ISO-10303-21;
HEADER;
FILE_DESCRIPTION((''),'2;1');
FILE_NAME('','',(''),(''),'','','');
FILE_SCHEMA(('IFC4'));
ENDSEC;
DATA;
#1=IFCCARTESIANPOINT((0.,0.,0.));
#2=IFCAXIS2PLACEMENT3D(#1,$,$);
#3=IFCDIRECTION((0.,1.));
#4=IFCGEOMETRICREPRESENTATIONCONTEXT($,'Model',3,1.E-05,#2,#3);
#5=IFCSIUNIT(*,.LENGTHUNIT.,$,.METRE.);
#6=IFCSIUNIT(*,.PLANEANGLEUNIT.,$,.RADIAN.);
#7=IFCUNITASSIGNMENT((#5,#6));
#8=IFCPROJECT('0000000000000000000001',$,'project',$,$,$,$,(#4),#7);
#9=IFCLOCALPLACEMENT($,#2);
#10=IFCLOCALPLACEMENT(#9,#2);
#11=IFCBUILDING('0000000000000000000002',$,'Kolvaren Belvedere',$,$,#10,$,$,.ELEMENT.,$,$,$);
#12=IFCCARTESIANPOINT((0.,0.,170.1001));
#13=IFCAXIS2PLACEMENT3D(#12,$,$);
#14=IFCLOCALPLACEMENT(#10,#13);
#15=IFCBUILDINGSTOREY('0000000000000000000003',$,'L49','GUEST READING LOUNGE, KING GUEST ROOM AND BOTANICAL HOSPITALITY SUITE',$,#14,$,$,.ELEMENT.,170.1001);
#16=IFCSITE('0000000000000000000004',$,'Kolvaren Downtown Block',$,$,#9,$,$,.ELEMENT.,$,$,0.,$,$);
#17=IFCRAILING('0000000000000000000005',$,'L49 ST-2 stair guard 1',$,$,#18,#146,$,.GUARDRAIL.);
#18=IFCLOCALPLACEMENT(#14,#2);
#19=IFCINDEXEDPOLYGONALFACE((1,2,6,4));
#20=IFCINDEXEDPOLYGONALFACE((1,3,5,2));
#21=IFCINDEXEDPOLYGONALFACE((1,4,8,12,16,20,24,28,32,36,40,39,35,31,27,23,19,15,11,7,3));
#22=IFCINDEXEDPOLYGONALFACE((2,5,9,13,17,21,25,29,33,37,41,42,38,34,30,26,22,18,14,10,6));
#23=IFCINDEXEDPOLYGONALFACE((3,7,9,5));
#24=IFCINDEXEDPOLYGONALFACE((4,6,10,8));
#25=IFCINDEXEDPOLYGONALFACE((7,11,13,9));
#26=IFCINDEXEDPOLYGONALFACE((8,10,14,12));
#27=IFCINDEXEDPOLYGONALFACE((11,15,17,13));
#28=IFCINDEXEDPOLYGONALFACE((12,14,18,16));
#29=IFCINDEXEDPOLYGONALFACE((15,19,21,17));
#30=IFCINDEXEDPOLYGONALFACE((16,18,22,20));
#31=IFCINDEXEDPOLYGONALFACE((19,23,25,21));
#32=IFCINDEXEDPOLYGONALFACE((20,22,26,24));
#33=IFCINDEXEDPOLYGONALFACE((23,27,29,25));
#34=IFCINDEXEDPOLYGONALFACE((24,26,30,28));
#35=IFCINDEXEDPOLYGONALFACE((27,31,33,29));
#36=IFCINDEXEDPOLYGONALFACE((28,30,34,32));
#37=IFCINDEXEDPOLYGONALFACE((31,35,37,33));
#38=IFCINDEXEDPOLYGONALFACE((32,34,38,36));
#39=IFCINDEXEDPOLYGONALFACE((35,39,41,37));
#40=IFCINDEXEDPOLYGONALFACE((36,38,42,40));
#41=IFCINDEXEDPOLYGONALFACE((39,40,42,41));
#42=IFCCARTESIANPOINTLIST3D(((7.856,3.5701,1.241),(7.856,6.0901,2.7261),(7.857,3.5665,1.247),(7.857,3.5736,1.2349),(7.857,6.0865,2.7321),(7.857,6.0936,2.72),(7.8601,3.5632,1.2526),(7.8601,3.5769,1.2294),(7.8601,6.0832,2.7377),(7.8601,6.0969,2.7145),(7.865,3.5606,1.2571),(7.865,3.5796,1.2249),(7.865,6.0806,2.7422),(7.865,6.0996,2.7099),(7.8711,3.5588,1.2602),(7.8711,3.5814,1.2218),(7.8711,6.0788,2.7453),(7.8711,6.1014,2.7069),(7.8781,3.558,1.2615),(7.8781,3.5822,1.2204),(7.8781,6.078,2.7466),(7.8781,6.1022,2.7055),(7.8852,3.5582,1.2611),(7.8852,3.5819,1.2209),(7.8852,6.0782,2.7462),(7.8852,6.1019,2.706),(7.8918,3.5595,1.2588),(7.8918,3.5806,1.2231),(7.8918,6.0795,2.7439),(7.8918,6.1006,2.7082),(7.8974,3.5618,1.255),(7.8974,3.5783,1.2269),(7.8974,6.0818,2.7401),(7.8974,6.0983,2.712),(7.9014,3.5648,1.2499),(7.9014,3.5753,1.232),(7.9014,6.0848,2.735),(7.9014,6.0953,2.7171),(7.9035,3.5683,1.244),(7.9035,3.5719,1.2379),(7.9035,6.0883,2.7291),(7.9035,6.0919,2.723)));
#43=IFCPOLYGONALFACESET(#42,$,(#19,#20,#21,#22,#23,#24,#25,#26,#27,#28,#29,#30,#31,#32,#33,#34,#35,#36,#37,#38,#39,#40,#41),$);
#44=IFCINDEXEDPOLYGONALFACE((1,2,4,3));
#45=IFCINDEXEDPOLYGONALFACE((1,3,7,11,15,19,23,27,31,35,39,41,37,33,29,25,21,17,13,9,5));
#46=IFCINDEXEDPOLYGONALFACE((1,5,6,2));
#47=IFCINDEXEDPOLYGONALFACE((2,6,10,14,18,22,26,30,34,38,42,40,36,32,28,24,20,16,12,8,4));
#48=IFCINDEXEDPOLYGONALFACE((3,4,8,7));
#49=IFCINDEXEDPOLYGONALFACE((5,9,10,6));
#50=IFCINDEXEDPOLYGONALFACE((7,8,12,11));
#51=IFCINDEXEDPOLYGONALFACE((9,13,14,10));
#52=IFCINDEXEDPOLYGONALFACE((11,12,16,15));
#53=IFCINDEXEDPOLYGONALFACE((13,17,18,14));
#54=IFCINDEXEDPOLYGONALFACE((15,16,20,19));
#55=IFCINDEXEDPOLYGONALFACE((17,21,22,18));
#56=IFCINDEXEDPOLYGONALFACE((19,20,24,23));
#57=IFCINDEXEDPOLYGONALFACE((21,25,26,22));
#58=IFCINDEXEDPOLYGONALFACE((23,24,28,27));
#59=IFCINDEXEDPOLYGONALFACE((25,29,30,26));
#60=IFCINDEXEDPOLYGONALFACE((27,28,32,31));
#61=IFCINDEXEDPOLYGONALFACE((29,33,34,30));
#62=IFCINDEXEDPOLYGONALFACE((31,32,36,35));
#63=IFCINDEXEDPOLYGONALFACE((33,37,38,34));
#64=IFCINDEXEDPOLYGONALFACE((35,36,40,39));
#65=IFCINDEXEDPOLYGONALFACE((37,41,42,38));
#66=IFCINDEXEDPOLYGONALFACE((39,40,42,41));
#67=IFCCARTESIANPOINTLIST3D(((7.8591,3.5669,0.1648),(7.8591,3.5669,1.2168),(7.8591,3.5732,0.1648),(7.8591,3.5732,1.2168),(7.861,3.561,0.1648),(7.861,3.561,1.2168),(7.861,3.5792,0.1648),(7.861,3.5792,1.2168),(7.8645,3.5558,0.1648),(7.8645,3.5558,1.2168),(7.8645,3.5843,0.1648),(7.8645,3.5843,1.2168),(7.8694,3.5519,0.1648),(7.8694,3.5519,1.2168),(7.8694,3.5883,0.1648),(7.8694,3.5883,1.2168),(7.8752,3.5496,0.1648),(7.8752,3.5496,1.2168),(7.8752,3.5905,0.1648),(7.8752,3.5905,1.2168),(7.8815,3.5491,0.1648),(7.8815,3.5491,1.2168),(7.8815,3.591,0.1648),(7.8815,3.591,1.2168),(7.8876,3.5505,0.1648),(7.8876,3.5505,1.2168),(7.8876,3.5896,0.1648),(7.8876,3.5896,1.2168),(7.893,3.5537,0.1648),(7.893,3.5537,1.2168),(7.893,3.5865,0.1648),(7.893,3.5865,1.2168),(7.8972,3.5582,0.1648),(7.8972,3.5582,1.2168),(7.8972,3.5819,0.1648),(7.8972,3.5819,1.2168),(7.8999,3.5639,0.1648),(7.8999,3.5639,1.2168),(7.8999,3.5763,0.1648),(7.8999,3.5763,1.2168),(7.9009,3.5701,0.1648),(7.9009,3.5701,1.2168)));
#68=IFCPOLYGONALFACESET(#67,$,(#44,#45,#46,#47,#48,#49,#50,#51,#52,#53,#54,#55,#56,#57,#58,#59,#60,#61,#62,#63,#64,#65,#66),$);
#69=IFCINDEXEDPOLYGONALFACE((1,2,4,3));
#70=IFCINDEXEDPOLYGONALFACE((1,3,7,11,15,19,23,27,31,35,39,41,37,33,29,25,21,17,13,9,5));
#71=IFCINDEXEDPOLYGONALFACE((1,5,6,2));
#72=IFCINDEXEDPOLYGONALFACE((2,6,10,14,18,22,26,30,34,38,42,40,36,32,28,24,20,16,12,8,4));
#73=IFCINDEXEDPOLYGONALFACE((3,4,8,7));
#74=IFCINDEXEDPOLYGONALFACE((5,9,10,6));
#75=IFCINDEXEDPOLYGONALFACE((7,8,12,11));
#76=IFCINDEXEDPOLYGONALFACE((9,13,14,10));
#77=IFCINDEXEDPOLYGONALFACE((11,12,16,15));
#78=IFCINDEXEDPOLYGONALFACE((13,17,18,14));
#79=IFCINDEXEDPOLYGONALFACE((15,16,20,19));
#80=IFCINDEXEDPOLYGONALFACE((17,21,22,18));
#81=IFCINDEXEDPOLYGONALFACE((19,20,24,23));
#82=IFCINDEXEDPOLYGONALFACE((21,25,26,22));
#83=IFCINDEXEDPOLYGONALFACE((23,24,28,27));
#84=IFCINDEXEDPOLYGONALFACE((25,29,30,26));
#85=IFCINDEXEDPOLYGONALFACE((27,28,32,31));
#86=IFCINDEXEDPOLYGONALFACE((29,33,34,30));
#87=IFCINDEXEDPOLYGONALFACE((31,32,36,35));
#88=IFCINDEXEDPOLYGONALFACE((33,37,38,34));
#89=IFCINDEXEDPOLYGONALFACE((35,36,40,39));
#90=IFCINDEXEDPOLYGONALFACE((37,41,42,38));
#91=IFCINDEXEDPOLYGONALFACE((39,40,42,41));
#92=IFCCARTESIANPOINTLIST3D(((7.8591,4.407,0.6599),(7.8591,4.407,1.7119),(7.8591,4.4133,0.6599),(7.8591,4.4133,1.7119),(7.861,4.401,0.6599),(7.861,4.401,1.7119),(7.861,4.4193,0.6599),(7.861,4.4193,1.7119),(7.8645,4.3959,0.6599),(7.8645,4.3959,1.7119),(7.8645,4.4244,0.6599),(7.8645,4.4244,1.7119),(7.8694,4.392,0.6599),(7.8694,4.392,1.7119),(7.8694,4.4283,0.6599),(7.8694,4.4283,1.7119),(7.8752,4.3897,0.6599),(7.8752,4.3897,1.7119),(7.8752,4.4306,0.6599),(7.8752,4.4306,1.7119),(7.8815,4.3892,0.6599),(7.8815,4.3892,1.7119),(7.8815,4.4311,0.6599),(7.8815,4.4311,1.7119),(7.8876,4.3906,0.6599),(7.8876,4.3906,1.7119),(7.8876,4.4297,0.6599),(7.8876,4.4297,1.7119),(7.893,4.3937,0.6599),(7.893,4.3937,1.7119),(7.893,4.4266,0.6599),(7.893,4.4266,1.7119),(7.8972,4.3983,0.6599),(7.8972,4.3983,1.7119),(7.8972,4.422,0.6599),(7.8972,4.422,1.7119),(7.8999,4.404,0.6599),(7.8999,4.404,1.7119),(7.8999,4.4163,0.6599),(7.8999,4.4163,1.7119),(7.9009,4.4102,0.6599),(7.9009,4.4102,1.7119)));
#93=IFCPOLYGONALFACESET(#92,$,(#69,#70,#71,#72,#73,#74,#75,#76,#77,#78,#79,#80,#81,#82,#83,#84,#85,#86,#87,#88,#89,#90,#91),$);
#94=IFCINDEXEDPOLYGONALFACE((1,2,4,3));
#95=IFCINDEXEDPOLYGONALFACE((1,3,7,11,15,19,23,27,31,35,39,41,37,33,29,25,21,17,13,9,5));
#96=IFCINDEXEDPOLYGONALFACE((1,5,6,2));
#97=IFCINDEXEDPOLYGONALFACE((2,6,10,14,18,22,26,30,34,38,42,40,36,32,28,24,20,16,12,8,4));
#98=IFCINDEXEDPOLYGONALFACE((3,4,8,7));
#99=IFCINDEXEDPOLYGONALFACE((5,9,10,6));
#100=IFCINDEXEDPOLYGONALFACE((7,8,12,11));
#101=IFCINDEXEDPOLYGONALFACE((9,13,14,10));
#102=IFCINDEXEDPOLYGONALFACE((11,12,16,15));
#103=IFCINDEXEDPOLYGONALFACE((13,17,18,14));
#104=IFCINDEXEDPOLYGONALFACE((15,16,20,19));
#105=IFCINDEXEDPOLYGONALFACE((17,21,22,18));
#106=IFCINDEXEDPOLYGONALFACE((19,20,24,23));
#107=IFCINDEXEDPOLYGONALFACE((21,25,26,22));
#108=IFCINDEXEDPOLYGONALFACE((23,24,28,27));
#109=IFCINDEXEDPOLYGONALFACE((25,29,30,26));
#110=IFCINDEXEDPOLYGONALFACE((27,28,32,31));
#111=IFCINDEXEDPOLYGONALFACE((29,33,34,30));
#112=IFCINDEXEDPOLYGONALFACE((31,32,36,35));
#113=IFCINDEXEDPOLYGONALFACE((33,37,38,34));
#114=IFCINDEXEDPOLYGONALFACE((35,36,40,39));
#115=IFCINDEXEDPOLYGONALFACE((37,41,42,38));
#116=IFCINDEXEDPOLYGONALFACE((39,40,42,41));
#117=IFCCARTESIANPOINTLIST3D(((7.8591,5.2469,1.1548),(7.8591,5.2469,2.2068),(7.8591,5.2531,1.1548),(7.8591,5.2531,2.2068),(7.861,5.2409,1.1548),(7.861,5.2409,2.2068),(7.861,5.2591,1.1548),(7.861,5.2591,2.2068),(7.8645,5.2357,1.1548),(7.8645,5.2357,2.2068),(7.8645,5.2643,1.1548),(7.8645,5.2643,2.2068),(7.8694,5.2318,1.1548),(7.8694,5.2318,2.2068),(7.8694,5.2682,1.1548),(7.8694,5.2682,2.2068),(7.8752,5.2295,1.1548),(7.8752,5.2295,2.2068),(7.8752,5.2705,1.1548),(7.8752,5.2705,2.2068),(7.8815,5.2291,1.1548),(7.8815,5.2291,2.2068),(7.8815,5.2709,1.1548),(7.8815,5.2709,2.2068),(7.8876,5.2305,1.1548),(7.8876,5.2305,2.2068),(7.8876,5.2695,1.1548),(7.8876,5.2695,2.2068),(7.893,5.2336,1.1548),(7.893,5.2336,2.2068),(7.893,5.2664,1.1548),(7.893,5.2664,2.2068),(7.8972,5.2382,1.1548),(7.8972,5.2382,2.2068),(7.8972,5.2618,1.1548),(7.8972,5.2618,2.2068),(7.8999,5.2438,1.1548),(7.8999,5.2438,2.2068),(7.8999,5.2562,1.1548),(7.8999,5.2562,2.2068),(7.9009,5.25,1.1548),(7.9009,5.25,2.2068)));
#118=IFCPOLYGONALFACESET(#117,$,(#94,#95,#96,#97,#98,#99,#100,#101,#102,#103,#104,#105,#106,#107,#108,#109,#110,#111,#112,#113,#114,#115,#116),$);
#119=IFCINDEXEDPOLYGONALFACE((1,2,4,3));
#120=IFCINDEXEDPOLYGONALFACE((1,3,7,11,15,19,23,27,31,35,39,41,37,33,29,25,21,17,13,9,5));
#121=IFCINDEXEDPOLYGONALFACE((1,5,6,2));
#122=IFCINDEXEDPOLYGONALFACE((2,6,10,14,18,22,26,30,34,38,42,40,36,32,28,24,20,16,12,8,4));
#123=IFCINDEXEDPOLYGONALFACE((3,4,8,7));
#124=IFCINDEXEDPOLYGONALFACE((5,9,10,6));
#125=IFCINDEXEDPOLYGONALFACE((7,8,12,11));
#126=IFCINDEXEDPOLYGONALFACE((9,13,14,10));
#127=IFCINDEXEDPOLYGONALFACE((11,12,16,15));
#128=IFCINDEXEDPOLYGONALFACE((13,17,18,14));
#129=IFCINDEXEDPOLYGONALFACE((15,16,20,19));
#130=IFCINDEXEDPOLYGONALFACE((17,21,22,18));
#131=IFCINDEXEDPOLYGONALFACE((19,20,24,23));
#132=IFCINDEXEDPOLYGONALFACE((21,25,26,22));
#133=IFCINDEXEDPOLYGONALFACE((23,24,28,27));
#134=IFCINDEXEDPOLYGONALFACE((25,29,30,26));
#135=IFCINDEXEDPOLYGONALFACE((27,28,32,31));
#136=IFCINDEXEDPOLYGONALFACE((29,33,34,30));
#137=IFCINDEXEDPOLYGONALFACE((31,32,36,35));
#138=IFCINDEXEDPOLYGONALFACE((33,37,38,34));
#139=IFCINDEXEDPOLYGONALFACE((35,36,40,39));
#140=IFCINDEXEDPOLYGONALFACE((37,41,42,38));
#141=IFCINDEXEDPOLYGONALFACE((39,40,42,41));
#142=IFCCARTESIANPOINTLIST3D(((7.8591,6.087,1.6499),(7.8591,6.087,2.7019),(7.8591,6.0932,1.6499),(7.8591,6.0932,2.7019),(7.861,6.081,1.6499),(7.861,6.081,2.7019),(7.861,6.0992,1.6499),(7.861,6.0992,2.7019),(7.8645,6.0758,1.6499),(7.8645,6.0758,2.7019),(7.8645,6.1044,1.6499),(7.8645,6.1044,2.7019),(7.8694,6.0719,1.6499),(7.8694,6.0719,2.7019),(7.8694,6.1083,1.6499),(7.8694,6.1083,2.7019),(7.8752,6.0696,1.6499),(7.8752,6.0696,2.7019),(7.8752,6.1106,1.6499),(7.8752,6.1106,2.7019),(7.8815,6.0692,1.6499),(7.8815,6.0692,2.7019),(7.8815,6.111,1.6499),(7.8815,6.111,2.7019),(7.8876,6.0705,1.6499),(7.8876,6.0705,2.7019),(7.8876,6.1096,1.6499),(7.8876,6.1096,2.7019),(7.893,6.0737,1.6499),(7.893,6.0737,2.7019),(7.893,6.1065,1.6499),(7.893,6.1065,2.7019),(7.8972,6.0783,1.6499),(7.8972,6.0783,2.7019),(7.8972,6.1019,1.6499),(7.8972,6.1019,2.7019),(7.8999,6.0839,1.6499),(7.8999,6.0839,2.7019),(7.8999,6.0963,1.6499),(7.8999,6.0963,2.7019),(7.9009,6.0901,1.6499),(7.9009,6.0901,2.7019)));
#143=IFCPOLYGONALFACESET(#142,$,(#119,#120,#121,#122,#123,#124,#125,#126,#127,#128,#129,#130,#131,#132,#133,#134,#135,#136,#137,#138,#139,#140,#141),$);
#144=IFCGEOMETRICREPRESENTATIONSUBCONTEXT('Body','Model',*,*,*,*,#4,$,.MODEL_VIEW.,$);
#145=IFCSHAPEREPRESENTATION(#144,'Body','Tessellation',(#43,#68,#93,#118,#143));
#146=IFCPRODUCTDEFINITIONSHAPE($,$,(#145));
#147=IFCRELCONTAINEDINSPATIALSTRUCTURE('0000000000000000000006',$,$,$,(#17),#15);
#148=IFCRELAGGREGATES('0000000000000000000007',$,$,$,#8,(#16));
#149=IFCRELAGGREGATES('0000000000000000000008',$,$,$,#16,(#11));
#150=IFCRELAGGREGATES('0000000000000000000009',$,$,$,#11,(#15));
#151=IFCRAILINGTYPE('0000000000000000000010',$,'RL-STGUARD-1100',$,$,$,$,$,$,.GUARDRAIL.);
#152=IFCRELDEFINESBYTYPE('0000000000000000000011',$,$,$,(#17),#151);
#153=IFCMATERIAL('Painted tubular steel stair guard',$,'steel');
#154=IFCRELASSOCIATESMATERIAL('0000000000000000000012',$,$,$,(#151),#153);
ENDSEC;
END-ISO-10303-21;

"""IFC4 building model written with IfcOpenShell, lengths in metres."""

from ifc_helpers import new_model, si_unit, direction, frame, origin, origin_2d, place, context, subcontext, project, spatial, circle, extrude, material, type_object, element, save


model = new_model("IFC4")

# Units and contexts
model_context = context("Model", 3, precision=1e-05, world=origin(), true_north=direction((0.0, 1.0)))
body_context = subcontext(model_context, "Body", "Model", "MODEL_VIEW")
ifc_project = project(units=[si_unit("LENGTHUNIT", "METRE"), si_unit("PLANEANGLEUNIT", "RADIAN")], contexts=[model_context])

# Site, building, storey
site_placement = place(None, origin())
site = spatial("IfcSite", under=ifc_project, at=site_placement, Name="Kolvaren Downtown Block", CompositionType="ELEMENT", RefElevation=0.0)
building_placement = place(site_placement, origin())
building = spatial("IfcBuilding", under=site, at=building_placement, Name="Kolvaren Belvedere", CompositionType="ELEMENT")
storey_placement = place(building_placement, frame((0.0, 0.0, 170.1001)))
storey = spatial("IfcBuildingStorey", under=building, at=storey_placement, Name="L49", Description="GUEST READING LOUNGE, KING GUEST ROOM AND BOTANICAL HOSPITALITY SUITE", CompositionType="ELEMENT", Elevation=170.1001)

# Railing
ifc_material_1 = material(Name="Painted tubular steel stair guard", Category="steel")
railing_type_1 = type_object("IfcRailingType", Name="RL-STGUARD-1100", PredefinedType="GUARDRAIL", material=ifc_material_1)
railing_1_placement = place(storey_placement, frame((7.8799, 3.5701, 0.1648)))
element("IfcRailing", 1, at=railing_1_placement, inside=storey, type_object=railing_type_1, Name="L49 ST-2 stair guard 1", PredefinedType="GUARDRAIL", context=body_context, shape_type="SweptSolid", body=[
    extrude(circle(Radius=0.0239, at=origin_2d()), frame((0.0, 0.0, 1.0762), z_axis=(0.0, 0.861524, 0.507717), x_axis=(-1.0, 0.0, 0.0)), (0.0, 0.0, 1.0), 2.925),
    extrude(circle(Radius=0.021, at=origin_2d()), origin(), (0.0, 0.0, 1.0), 1.052),
    extrude(circle(Radius=0.021, at=origin_2d()), frame((0.0, 0.8401, 0.4951)), (0.0, 0.0, 1.0), 1.052),
    extrude(circle(Radius=0.021, at=origin_2d()), frame((0.0, 1.6799, 0.99)), (0.0, 0.0, 1.0), 1.052),
    extrude(circle(Radius=0.021, at=origin_2d()), frame((0.0, 2.52, 1.4851)), (0.0, 0.0, 1.0), 1.052),
])

save(model, "model.ifc")
